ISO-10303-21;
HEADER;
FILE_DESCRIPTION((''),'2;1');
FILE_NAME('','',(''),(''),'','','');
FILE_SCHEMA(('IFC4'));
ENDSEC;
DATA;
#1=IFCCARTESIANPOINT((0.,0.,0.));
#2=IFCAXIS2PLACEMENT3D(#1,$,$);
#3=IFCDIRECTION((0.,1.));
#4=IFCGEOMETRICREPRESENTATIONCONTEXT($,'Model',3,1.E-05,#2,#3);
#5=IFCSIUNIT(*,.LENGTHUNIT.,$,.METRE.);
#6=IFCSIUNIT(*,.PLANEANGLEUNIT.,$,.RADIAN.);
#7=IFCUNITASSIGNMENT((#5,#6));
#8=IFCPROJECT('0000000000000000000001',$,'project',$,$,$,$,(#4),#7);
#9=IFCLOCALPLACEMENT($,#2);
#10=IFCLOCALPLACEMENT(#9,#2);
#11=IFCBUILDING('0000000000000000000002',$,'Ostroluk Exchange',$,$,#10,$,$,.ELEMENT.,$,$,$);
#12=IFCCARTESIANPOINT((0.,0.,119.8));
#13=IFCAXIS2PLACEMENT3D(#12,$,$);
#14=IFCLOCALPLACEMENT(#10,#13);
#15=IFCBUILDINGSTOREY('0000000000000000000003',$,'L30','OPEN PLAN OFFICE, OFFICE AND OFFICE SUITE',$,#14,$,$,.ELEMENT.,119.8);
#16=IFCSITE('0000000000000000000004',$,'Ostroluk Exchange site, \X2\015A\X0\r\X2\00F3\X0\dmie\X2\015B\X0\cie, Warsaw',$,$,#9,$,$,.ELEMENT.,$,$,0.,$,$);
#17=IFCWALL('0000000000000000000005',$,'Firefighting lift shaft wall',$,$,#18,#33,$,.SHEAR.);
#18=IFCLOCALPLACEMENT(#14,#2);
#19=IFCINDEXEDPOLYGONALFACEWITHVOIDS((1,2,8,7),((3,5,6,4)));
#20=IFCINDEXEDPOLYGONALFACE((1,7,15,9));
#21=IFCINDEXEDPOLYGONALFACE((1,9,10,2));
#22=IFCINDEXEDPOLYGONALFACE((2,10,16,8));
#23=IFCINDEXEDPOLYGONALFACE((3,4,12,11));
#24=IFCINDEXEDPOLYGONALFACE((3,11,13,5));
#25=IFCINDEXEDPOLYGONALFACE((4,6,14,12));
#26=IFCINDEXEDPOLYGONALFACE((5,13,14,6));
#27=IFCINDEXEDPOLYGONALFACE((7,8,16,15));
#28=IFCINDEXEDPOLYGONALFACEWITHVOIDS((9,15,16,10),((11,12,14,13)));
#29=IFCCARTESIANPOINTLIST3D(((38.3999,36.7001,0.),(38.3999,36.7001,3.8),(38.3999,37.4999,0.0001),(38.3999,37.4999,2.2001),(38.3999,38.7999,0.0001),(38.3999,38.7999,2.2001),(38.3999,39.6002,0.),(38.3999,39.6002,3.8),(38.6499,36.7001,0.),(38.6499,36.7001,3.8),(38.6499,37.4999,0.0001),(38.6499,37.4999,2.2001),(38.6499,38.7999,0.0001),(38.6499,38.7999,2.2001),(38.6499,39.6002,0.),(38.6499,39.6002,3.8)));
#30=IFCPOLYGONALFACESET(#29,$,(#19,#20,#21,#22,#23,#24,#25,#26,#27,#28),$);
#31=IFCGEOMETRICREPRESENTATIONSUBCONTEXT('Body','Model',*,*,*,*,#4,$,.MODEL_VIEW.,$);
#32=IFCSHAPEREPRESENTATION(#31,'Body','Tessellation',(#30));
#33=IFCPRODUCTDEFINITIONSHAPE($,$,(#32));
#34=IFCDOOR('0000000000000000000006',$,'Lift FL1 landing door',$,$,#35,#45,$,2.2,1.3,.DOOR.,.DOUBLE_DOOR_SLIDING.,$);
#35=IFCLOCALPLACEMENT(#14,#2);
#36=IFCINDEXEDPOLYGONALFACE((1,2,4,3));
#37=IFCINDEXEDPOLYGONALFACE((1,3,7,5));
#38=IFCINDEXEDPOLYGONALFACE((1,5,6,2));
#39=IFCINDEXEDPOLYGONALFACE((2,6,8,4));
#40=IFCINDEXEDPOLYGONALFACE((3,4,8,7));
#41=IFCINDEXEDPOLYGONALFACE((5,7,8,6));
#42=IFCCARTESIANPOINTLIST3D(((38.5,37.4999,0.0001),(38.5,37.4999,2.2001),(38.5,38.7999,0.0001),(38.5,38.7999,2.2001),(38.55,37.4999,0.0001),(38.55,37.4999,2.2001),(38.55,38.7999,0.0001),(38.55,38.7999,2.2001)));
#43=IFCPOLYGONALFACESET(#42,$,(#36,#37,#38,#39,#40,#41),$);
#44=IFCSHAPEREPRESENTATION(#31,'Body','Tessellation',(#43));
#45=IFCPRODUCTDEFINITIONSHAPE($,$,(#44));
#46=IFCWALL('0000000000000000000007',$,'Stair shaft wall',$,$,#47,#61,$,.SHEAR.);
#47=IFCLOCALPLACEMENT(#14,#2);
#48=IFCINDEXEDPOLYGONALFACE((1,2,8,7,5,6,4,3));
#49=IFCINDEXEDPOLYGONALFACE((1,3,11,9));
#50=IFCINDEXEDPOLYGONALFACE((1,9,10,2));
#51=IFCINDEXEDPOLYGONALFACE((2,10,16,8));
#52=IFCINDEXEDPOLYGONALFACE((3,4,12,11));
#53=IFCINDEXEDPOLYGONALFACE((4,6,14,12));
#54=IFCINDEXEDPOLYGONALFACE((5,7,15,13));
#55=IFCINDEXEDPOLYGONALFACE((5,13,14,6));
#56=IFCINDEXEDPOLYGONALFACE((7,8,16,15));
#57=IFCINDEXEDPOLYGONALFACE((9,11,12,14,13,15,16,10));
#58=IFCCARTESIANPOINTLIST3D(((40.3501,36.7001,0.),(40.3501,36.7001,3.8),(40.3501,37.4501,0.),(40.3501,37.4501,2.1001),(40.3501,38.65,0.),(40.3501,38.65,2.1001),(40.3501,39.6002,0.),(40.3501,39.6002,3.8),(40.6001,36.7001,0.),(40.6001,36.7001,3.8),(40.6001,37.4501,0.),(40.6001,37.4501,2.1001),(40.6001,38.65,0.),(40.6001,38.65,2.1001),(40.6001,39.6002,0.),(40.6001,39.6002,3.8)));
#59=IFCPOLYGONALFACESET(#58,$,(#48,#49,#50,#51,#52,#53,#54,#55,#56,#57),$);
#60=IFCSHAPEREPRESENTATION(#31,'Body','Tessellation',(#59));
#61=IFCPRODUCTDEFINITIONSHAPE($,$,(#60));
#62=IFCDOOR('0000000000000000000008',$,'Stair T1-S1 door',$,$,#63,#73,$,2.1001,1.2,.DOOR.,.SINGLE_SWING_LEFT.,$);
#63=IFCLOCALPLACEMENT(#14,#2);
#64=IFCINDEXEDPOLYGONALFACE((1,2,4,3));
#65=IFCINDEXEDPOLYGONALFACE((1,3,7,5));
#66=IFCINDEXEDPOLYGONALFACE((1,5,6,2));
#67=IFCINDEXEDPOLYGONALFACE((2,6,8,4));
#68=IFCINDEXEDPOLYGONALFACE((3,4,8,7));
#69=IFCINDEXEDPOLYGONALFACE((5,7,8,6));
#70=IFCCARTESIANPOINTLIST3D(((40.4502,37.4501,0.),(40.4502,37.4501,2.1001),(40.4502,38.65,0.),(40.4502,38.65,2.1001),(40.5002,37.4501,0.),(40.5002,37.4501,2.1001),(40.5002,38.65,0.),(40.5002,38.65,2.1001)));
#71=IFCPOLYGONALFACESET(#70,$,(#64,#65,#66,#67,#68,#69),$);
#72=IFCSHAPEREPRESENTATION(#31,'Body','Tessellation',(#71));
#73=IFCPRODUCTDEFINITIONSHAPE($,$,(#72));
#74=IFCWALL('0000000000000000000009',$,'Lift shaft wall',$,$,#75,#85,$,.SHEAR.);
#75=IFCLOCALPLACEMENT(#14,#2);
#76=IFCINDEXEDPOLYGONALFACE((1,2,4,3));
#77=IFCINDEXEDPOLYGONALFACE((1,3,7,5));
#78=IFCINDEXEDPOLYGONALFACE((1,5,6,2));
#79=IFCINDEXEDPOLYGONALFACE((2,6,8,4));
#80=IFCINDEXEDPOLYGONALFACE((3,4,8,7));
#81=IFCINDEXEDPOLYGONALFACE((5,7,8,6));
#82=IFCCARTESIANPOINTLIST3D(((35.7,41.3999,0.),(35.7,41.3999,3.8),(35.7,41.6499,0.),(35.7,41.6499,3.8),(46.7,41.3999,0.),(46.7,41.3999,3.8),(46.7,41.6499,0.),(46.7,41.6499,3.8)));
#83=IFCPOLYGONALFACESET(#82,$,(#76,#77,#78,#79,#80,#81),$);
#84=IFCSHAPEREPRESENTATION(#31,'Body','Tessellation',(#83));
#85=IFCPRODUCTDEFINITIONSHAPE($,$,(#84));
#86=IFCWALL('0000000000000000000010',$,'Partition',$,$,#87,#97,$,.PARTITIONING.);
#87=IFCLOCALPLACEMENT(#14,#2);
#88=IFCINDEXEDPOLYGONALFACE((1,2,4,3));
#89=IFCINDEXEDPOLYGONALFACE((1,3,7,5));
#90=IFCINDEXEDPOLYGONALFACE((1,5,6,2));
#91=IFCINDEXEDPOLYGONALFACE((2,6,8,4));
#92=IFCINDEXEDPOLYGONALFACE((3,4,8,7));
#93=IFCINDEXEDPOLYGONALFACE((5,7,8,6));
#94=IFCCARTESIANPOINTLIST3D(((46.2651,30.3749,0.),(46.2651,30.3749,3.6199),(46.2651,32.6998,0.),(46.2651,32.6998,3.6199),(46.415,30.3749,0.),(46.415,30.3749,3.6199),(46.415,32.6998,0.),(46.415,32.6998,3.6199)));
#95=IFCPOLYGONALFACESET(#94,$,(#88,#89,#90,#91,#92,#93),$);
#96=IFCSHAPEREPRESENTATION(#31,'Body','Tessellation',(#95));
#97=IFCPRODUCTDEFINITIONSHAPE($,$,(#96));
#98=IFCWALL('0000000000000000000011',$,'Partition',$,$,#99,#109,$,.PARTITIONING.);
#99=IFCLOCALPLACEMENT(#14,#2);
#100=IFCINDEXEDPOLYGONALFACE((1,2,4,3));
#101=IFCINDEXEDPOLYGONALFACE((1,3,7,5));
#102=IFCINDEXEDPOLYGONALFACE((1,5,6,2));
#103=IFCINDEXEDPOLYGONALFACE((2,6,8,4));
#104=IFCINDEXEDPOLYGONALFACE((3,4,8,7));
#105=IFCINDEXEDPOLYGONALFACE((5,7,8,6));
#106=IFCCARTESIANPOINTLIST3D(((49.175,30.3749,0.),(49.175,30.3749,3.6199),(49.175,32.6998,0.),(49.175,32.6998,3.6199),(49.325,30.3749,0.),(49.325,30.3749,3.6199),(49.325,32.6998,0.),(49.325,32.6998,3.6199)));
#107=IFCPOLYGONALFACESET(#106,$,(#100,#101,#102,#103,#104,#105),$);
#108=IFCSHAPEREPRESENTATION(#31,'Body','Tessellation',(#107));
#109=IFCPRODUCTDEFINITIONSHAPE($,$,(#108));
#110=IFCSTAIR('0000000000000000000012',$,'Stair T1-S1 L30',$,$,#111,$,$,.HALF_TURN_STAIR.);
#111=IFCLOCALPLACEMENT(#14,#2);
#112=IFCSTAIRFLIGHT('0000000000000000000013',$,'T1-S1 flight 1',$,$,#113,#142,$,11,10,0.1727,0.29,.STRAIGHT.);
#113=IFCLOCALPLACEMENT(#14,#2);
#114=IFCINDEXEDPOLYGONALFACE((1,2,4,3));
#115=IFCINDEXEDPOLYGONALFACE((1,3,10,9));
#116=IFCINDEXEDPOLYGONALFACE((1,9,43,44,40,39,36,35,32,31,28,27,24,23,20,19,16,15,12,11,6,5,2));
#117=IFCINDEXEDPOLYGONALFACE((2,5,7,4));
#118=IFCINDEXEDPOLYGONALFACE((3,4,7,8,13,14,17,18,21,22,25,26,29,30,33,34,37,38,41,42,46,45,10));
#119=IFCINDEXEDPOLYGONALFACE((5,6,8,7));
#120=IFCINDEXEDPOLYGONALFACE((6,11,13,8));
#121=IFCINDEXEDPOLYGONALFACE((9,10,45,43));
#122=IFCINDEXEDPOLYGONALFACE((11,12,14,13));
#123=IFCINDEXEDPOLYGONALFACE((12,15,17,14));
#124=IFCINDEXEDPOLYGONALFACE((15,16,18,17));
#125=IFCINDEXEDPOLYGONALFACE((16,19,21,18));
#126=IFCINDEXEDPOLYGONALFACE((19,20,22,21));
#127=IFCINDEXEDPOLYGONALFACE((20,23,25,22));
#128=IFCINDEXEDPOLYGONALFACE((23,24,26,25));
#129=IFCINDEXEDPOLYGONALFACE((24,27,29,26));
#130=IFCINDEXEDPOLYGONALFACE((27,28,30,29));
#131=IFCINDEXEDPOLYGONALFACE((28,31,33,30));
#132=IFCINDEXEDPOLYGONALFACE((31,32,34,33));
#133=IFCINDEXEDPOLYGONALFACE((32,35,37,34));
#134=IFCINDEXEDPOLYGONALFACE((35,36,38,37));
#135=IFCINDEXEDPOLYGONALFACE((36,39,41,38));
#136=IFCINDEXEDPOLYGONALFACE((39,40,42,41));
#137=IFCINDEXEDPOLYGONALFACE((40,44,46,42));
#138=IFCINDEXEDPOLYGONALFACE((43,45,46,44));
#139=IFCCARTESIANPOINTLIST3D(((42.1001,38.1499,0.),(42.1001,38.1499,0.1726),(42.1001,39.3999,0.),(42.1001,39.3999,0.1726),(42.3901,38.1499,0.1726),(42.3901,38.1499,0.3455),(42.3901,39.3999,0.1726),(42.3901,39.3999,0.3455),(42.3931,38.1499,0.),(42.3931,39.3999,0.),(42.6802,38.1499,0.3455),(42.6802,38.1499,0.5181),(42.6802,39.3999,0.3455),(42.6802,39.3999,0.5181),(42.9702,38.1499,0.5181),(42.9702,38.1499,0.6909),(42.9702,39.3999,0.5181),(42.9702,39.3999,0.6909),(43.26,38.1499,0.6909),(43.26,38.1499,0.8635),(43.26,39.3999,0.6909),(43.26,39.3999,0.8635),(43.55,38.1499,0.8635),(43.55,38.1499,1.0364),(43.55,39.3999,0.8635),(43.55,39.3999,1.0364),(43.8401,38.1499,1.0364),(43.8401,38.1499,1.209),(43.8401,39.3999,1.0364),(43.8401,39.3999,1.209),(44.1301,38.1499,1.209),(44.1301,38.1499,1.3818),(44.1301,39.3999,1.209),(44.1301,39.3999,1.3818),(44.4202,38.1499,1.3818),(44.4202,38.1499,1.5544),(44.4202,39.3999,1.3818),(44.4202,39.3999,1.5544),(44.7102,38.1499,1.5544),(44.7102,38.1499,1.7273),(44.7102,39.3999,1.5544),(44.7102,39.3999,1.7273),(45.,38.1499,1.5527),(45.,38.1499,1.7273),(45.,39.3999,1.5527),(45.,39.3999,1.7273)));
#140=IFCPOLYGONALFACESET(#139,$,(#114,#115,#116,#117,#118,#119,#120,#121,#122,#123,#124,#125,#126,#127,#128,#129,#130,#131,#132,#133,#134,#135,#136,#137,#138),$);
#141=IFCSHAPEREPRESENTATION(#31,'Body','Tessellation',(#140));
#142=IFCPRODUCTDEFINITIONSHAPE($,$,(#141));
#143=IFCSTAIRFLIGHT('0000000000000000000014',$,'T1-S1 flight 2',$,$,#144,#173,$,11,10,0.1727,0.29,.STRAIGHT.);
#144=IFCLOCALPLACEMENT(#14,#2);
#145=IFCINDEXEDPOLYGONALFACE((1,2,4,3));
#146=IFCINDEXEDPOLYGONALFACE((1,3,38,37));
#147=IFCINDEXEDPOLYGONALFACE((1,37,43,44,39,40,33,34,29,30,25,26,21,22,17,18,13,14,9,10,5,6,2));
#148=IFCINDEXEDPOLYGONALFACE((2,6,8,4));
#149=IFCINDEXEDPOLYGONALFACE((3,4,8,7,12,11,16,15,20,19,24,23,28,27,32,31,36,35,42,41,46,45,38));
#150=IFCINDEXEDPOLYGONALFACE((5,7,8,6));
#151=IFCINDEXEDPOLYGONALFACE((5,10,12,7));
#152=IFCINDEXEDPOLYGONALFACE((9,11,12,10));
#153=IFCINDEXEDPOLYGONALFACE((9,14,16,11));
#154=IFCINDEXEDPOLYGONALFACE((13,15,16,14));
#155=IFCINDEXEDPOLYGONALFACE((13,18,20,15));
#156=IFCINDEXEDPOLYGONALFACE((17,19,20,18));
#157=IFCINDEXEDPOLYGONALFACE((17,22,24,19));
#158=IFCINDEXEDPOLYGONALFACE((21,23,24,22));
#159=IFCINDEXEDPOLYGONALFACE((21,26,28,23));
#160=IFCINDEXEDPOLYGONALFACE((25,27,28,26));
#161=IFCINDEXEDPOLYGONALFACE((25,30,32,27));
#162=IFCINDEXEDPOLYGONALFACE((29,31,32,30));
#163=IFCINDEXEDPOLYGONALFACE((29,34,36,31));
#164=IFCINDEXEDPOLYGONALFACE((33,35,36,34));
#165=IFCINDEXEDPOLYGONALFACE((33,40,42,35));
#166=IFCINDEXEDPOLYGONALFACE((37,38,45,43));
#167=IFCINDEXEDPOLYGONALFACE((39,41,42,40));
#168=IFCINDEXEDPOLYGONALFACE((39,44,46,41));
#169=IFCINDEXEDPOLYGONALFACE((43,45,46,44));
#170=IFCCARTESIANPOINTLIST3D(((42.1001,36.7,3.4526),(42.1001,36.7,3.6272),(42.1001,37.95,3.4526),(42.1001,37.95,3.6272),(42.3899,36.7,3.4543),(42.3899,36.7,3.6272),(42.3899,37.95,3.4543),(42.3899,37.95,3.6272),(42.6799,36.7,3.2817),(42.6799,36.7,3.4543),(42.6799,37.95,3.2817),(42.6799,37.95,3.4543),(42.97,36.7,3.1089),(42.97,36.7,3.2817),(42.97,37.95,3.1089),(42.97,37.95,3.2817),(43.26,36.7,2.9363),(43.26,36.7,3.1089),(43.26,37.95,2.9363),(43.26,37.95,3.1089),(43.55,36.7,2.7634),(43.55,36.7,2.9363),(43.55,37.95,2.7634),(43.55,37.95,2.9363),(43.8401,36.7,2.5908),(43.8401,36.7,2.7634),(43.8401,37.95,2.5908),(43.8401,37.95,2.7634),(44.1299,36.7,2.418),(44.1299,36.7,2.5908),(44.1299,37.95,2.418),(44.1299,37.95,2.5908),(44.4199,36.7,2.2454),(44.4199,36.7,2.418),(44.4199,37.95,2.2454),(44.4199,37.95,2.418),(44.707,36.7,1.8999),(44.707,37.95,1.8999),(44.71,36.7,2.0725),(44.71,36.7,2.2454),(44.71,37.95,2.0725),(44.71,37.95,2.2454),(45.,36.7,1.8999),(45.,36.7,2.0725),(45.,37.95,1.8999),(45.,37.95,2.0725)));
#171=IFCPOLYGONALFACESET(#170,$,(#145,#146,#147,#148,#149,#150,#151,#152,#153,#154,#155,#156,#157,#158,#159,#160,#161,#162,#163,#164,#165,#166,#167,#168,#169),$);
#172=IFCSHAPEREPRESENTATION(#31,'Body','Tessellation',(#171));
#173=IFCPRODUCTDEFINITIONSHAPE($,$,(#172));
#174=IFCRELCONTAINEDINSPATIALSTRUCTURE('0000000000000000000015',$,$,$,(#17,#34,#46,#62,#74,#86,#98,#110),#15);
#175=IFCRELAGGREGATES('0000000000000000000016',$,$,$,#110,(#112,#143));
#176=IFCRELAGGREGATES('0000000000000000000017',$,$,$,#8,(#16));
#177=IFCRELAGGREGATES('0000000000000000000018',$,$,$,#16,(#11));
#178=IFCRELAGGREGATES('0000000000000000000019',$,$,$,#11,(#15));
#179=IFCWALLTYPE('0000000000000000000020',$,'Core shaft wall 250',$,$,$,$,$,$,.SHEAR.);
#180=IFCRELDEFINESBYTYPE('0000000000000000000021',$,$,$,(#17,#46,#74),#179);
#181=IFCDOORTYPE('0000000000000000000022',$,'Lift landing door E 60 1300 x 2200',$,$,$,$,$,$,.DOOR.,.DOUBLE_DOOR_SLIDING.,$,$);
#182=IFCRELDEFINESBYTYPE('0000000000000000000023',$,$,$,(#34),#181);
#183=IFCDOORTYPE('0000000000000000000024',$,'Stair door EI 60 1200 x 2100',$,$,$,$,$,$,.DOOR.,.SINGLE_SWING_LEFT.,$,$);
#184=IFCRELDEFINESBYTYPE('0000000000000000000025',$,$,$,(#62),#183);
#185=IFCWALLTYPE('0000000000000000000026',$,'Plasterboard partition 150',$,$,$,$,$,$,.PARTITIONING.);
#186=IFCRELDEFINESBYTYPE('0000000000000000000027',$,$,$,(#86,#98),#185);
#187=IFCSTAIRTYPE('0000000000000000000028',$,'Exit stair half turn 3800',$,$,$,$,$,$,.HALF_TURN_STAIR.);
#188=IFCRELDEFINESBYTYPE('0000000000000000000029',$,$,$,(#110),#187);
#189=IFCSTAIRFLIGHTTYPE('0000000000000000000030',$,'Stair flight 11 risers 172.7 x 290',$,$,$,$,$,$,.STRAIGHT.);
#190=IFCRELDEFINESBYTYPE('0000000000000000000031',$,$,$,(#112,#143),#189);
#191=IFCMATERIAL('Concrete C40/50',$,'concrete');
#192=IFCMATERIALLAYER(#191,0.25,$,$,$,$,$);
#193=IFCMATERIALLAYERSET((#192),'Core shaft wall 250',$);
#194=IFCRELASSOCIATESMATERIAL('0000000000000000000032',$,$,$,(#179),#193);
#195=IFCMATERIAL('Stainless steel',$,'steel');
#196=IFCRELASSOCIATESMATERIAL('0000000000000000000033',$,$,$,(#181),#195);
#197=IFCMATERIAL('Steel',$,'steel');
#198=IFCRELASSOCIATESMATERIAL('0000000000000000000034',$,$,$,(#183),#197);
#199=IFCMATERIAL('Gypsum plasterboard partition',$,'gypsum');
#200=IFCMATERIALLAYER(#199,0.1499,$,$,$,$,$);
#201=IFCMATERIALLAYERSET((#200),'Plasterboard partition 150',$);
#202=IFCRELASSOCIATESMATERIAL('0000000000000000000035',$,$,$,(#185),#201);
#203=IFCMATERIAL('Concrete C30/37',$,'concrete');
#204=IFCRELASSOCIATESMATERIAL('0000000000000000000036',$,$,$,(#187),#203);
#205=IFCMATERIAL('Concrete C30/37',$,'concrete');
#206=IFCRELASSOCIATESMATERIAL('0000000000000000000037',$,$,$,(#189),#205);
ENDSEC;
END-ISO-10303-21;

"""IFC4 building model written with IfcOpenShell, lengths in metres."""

from ifc_helpers import new_model, si_unit, direction, frame, frame_2d, origin, place, context, subcontext, project, spatial, polyline, rectangle, outline, extrude, material, layer, layer_set, type_object, element, fill, aggregate, save


model = new_model("IFC4")

# Units and contexts
model_context = context("Model", 3, precision=1e-05, world=origin(), true_north=direction((0.0, 1.0)))
body_context = subcontext(model_context, "Body", "Model", "MODEL_VIEW")
ifc_project = project(units=[si_unit("LENGTHUNIT", "METRE"), si_unit("PLANEANGLEUNIT", "RADIAN")], contexts=[model_context])

# Site, building, storey
site_placement = place(None, origin())
site = spatial("IfcSite", under=ifc_project, at=site_placement, Name="Ostroluk Exchange site, Śródmieście, Warsaw", CompositionType="ELEMENT", RefElevation=0.0)
building_placement = place(site_placement, origin())
building = spatial("IfcBuilding", under=site, at=building_placement, Name="Ostroluk Exchange", CompositionType="ELEMENT")
storey_placement = place(building_placement, frame((0.0, 0.0, 119.8)))
storey = spatial("IfcBuildingStorey", under=building, at=storey_placement, Name="L30", Description="OPEN PLAN OFFICE, OFFICE AND OFFICE SUITE", CompositionType="ELEMENT", Elevation=119.8)

# Walls, openings, doors
ifc_material_1 = material(Name="Concrete C40/50", Category="concrete")
ifc_layer_1 = layer(ifc_material_1, 0.25)
ifc_layer_set_1 = layer_set([ifc_layer_1], Name="Core shaft wall 250")
wall_type_1 = type_object("IfcWallType", Name="Core shaft wall 250", PredefinedType="SHEAR", material=ifc_layer_set_1)
wall_1_placement = place(storey_placement, frame((38.5249, 36.7, 0.0), z_axis=(0.0, 0.0, 1.0), x_axis=(0.0, 1.0, 0.0)))
wall_1 = element("IfcWall", 1, at=wall_1_placement, inside=storey, type_object=wall_type_1, Name="Firefighting lift shaft wall", PredefinedType="SHEAR", context=body_context, shape_type="SweptSolid", body=[
    extrude(rectangle(XDim=2.9001, YDim=0.25, at=frame_2d((1.4502, 0.0))), origin(), (0.0, 0.0, 1.0), 3.8),
])
opening_1_placement = place(wall_1_placement, frame((0.8, 0.0, 0.0)))
opening_1 = element("IfcOpeningElement", 2, at=opening_1_placement, cuts=wall_1, PredefinedType="OPENING", context=body_context, shape_type="SweptSolid", body=[
    extrude(rectangle(XDim=1.3, YDim=2.2, at=frame_2d((0.6499, 1.1001))), frame((0.0, 0.135, 0.0), z_axis=(0.0, -1.0, 0.0), x_axis=(1.0, 0.0, 0.0)), (0.0, 0.0, 1.0), 0.27),
])
ifc_material_2 = material(Name="Stainless steel", Category="steel")
door_type_1 = type_object("IfcDoorType", Name="Lift landing door E 60 1300 x 2200", OperationType="DOUBLE_DOOR_SLIDING", PredefinedType="DOOR", material=ifc_material_2)
door_1_placement = place(opening_1_placement, origin())
door_1 = element("IfcDoor", 3, at=door_1_placement, inside=storey, type_object=door_type_1, Name="Lift FL1 landing door", OperationType="DOUBLE_DOOR_SLIDING", OverallHeight=2.2, OverallWidth=1.3, PredefinedType="DOOR", context=body_context, shape_type="SweptSolid", body=[
    extrude(rectangle(XDim=1.3, YDim=2.2, at=frame_2d((0.6499, 1.1001))), frame((0.0, 0.0249, 0.0), z_axis=(0.0, -1.0, 0.0), x_axis=(1.0, 0.0, 0.0)), (0.0, 0.0, 1.0), 0.05),
])
fill(opening_1, door_1)
wall_2_placement = place(storey_placement, frame((40.4751, 36.7, 0.0), z_axis=(0.0, 0.0, 1.0), x_axis=(0.0, 1.0, 0.0)))
wall_2 = element("IfcWall", 4, at=wall_2_placement, inside=storey, type_object=wall_type_1, Name="Stair shaft wall", PredefinedType="SHEAR", context=body_context, shape_type="SweptSolid", body=[
    extrude(rectangle(XDim=2.9001, YDim=0.25, at=frame_2d((1.4502, 0.0))), origin(), (0.0, 0.0, 1.0), 3.8),
])
opening_2_placement = place(wall_2_placement, frame((0.75, 0.0, 0.0)))
opening_2 = element("IfcOpeningElement", 5, at=opening_2_placement, cuts=wall_2, PredefinedType="OPENING", context=body_context, shape_type="SweptSolid", body=[
    extrude(rectangle(XDim=1.2, YDim=2.1001, at=frame_2d((0.6001, 1.05))), frame((0.0, 0.135, 0.0), z_axis=(0.0, -1.0, 0.0), x_axis=(1.0, 0.0, 0.0)), (0.0, 0.0, 1.0), 0.27),
])
ifc_material_3 = material(Name="Steel", Category="steel")
door_type_2 = type_object("IfcDoorType", Name="Stair door EI 60 1200 x 2100", OperationType="SINGLE_SWING_LEFT", PredefinedType="DOOR", material=ifc_material_3)
door_2_placement = place(opening_2_placement, origin())
door_2 = element("IfcDoor", 6, at=door_2_placement, inside=storey, type_object=door_type_2, Name="Stair T1-S1 door", OperationType="SINGLE_SWING_LEFT", OverallHeight=2.1001, OverallWidth=1.2, PredefinedType="DOOR", context=body_context, shape_type="SweptSolid", body=[
    extrude(rectangle(XDim=1.2, YDim=2.1001, at=frame_2d((0.6001, 1.05))), frame((0.0, 0.0249, 0.0), z_axis=(0.0, -1.0, 0.0), x_axis=(1.0, 0.0, 0.0)), (0.0, 0.0, 1.0), 0.05),
])
fill(opening_2, door_2)

# Walls
wall_3_placement = place(storey_placement, frame((35.7, 41.5249, 0.0), z_axis=(0.0, 0.0, 1.0), x_axis=(1.0, 0.0, 0.0)))
element("IfcWall", 7, at=wall_3_placement, inside=storey, type_object=wall_type_1, Name="Lift shaft wall", PredefinedType="SHEAR", context=body_context, shape_type="SweptSolid", body=[
    extrude(rectangle(XDim=11.0, YDim=0.25, at=frame_2d((5.5, 0.0))), origin(), (0.0, 0.0, 1.0), 3.8),
])
ifc_material_4 = material(Name="Gypsum plasterboard partition", Category="gypsum")
ifc_layer_2 = layer(ifc_material_4, 0.1499)
ifc_layer_set_2 = layer_set([ifc_layer_2], Name="Plasterboard partition 150")
wall_type_2 = type_object("IfcWallType", Name="Plasterboard partition 150", PredefinedType="PARTITIONING", material=ifc_layer_set_2)
for number, where, z_axis, x_axis, name in (
    (8, (46.3401, 32.7, 0.0), (0.0, 0.0, 1.0), (0.0, -1.0, 0.0), "Partition"),
    (9, (49.25, 32.7, 0.0), (0.0, 0.0, 1.0), (0.0, -1.0, 0.0), "Partition"),
):
    element("IfcWall", number, at=place(storey_placement, frame(where, z_axis=z_axis, x_axis=x_axis)), inside=storey, type_object=wall_type_2, Name=name, PredefinedType="PARTITIONING", context=body_context, shape_type="SweptSolid", body=[
        extrude(rectangle(XDim=2.325, YDim=0.1499, at=frame_2d((1.1626, 0.0))), origin(), (0.0, 0.0, 1.0), 3.6199),
    ])

# Stair, stair flights
ifc_material_5 = material(Name="Concrete C30/37", Category="concrete")
stair_type = type_object("IfcStairType", Name="Exit stair half turn 3800", PredefinedType="HALF_TURN_STAIR", material=ifc_material_5)
stair_placement = place(storey_placement, origin())
stair = element("IfcStair", 10, at=stair_placement, inside=storey, type_object=stair_type, Name="Stair T1-S1 L30", PredefinedType="HALF_TURN_STAIR")
ifc_material_6 = material(Name="Concrete C30/37", Category="concrete")
stair_flight_type = type_object("IfcStairFlightType", Name="Stair flight 11 risers 172.7 x 290", PredefinedType="STRAIGHT", material=ifc_material_6)
stair_flight_1_placement = place(storey_placement, frame((42.1001, 38.7749, 0.0), z_axis=(0.0, 0.0, 1.0), x_axis=(1.0, 0.0, 0.0)))
stair_flight_1 = element("IfcStairFlight", 11, at=stair_flight_1_placement, type_object=stair_flight_type, Name="T1-S1 flight 1", NumberOfRisers=11, NumberOfTreads=10, PredefinedType="STRAIGHT", RiserHeight=0.1727, TreadLength=0.29, context=body_context, shape_type="SweptSolid", body=[
    extrude(outline(polyline([(0.0, 0.0), (0.0, 0.1726), (0.29, 0.1726), (0.29, 0.3455), (0.5801, 0.3455), (0.5801, 0.5181), (0.8701, 0.5181), (0.8701, 0.6909), (1.1599, 0.6909), (1.1599, 0.8635), (1.45, 0.8635), (1.45, 1.0364), (1.74, 1.0364), (1.74, 1.209), (2.03, 1.209), (2.03, 1.3818), (2.3201, 1.3818), (2.3201, 1.5544), (2.6101, 1.5544), (2.6101, 1.7273), (2.8999, 1.7273), (2.8999, 1.8999), (2.8999, 1.5527), (0.293, 0.0), (0.0, 0.0)])), frame((0.0, 0.625, 0.0), z_axis=(0.0, -1.0, 0.0), x_axis=(1.0, 0.0, 0.0)), (0.0, 0.0, 1.0), 1.25),
])
stair_flight_2_placement = place(storey_placement, frame((45.0, 37.325, 1.8999), z_axis=(0.0, 0.0, 1.0), x_axis=(-1.0, 0.0, 0.0)))
stair_flight_2 = element("IfcStairFlight", 12, at=stair_flight_2_placement, type_object=stair_flight_type, Name="T1-S1 flight 2", NumberOfRisers=11, NumberOfTreads=10, PredefinedType="STRAIGHT", RiserHeight=0.1727, TreadLength=0.29, context=body_context, shape_type="SweptSolid", body=[
    extrude(outline(polyline([(0.0, 0.0), (0.0, 0.1726), (0.29, 0.1726), (0.29, 0.3455), (0.5801, 0.3455), (0.5801, 0.5181), (0.8701, 0.5181), (0.8701, 0.6909), (1.1599, 0.6909), (1.1599, 0.8635), (1.45, 0.8635), (1.45, 1.0364), (1.74, 1.0364), (1.74, 1.209), (2.03, 1.209), (2.03, 1.3818), (2.3201, 1.3818), (2.3201, 1.5544), (2.6101, 1.5544), (2.6101, 1.7273), (2.8999, 1.7273), (2.8999, 1.8999), (2.8999, 1.5527), (0.293, 0.0), (0.0, 0.0)])), frame((0.0, 0.625, 0.0), z_axis=(0.0, -1.0, 0.0), x_axis=(1.0, 0.0, 0.0)), (0.0, 0.0, 1.0), 1.25),
])
aggregate(stair, [stair_flight_1, stair_flight_2])

save(model, "model.ifc")
